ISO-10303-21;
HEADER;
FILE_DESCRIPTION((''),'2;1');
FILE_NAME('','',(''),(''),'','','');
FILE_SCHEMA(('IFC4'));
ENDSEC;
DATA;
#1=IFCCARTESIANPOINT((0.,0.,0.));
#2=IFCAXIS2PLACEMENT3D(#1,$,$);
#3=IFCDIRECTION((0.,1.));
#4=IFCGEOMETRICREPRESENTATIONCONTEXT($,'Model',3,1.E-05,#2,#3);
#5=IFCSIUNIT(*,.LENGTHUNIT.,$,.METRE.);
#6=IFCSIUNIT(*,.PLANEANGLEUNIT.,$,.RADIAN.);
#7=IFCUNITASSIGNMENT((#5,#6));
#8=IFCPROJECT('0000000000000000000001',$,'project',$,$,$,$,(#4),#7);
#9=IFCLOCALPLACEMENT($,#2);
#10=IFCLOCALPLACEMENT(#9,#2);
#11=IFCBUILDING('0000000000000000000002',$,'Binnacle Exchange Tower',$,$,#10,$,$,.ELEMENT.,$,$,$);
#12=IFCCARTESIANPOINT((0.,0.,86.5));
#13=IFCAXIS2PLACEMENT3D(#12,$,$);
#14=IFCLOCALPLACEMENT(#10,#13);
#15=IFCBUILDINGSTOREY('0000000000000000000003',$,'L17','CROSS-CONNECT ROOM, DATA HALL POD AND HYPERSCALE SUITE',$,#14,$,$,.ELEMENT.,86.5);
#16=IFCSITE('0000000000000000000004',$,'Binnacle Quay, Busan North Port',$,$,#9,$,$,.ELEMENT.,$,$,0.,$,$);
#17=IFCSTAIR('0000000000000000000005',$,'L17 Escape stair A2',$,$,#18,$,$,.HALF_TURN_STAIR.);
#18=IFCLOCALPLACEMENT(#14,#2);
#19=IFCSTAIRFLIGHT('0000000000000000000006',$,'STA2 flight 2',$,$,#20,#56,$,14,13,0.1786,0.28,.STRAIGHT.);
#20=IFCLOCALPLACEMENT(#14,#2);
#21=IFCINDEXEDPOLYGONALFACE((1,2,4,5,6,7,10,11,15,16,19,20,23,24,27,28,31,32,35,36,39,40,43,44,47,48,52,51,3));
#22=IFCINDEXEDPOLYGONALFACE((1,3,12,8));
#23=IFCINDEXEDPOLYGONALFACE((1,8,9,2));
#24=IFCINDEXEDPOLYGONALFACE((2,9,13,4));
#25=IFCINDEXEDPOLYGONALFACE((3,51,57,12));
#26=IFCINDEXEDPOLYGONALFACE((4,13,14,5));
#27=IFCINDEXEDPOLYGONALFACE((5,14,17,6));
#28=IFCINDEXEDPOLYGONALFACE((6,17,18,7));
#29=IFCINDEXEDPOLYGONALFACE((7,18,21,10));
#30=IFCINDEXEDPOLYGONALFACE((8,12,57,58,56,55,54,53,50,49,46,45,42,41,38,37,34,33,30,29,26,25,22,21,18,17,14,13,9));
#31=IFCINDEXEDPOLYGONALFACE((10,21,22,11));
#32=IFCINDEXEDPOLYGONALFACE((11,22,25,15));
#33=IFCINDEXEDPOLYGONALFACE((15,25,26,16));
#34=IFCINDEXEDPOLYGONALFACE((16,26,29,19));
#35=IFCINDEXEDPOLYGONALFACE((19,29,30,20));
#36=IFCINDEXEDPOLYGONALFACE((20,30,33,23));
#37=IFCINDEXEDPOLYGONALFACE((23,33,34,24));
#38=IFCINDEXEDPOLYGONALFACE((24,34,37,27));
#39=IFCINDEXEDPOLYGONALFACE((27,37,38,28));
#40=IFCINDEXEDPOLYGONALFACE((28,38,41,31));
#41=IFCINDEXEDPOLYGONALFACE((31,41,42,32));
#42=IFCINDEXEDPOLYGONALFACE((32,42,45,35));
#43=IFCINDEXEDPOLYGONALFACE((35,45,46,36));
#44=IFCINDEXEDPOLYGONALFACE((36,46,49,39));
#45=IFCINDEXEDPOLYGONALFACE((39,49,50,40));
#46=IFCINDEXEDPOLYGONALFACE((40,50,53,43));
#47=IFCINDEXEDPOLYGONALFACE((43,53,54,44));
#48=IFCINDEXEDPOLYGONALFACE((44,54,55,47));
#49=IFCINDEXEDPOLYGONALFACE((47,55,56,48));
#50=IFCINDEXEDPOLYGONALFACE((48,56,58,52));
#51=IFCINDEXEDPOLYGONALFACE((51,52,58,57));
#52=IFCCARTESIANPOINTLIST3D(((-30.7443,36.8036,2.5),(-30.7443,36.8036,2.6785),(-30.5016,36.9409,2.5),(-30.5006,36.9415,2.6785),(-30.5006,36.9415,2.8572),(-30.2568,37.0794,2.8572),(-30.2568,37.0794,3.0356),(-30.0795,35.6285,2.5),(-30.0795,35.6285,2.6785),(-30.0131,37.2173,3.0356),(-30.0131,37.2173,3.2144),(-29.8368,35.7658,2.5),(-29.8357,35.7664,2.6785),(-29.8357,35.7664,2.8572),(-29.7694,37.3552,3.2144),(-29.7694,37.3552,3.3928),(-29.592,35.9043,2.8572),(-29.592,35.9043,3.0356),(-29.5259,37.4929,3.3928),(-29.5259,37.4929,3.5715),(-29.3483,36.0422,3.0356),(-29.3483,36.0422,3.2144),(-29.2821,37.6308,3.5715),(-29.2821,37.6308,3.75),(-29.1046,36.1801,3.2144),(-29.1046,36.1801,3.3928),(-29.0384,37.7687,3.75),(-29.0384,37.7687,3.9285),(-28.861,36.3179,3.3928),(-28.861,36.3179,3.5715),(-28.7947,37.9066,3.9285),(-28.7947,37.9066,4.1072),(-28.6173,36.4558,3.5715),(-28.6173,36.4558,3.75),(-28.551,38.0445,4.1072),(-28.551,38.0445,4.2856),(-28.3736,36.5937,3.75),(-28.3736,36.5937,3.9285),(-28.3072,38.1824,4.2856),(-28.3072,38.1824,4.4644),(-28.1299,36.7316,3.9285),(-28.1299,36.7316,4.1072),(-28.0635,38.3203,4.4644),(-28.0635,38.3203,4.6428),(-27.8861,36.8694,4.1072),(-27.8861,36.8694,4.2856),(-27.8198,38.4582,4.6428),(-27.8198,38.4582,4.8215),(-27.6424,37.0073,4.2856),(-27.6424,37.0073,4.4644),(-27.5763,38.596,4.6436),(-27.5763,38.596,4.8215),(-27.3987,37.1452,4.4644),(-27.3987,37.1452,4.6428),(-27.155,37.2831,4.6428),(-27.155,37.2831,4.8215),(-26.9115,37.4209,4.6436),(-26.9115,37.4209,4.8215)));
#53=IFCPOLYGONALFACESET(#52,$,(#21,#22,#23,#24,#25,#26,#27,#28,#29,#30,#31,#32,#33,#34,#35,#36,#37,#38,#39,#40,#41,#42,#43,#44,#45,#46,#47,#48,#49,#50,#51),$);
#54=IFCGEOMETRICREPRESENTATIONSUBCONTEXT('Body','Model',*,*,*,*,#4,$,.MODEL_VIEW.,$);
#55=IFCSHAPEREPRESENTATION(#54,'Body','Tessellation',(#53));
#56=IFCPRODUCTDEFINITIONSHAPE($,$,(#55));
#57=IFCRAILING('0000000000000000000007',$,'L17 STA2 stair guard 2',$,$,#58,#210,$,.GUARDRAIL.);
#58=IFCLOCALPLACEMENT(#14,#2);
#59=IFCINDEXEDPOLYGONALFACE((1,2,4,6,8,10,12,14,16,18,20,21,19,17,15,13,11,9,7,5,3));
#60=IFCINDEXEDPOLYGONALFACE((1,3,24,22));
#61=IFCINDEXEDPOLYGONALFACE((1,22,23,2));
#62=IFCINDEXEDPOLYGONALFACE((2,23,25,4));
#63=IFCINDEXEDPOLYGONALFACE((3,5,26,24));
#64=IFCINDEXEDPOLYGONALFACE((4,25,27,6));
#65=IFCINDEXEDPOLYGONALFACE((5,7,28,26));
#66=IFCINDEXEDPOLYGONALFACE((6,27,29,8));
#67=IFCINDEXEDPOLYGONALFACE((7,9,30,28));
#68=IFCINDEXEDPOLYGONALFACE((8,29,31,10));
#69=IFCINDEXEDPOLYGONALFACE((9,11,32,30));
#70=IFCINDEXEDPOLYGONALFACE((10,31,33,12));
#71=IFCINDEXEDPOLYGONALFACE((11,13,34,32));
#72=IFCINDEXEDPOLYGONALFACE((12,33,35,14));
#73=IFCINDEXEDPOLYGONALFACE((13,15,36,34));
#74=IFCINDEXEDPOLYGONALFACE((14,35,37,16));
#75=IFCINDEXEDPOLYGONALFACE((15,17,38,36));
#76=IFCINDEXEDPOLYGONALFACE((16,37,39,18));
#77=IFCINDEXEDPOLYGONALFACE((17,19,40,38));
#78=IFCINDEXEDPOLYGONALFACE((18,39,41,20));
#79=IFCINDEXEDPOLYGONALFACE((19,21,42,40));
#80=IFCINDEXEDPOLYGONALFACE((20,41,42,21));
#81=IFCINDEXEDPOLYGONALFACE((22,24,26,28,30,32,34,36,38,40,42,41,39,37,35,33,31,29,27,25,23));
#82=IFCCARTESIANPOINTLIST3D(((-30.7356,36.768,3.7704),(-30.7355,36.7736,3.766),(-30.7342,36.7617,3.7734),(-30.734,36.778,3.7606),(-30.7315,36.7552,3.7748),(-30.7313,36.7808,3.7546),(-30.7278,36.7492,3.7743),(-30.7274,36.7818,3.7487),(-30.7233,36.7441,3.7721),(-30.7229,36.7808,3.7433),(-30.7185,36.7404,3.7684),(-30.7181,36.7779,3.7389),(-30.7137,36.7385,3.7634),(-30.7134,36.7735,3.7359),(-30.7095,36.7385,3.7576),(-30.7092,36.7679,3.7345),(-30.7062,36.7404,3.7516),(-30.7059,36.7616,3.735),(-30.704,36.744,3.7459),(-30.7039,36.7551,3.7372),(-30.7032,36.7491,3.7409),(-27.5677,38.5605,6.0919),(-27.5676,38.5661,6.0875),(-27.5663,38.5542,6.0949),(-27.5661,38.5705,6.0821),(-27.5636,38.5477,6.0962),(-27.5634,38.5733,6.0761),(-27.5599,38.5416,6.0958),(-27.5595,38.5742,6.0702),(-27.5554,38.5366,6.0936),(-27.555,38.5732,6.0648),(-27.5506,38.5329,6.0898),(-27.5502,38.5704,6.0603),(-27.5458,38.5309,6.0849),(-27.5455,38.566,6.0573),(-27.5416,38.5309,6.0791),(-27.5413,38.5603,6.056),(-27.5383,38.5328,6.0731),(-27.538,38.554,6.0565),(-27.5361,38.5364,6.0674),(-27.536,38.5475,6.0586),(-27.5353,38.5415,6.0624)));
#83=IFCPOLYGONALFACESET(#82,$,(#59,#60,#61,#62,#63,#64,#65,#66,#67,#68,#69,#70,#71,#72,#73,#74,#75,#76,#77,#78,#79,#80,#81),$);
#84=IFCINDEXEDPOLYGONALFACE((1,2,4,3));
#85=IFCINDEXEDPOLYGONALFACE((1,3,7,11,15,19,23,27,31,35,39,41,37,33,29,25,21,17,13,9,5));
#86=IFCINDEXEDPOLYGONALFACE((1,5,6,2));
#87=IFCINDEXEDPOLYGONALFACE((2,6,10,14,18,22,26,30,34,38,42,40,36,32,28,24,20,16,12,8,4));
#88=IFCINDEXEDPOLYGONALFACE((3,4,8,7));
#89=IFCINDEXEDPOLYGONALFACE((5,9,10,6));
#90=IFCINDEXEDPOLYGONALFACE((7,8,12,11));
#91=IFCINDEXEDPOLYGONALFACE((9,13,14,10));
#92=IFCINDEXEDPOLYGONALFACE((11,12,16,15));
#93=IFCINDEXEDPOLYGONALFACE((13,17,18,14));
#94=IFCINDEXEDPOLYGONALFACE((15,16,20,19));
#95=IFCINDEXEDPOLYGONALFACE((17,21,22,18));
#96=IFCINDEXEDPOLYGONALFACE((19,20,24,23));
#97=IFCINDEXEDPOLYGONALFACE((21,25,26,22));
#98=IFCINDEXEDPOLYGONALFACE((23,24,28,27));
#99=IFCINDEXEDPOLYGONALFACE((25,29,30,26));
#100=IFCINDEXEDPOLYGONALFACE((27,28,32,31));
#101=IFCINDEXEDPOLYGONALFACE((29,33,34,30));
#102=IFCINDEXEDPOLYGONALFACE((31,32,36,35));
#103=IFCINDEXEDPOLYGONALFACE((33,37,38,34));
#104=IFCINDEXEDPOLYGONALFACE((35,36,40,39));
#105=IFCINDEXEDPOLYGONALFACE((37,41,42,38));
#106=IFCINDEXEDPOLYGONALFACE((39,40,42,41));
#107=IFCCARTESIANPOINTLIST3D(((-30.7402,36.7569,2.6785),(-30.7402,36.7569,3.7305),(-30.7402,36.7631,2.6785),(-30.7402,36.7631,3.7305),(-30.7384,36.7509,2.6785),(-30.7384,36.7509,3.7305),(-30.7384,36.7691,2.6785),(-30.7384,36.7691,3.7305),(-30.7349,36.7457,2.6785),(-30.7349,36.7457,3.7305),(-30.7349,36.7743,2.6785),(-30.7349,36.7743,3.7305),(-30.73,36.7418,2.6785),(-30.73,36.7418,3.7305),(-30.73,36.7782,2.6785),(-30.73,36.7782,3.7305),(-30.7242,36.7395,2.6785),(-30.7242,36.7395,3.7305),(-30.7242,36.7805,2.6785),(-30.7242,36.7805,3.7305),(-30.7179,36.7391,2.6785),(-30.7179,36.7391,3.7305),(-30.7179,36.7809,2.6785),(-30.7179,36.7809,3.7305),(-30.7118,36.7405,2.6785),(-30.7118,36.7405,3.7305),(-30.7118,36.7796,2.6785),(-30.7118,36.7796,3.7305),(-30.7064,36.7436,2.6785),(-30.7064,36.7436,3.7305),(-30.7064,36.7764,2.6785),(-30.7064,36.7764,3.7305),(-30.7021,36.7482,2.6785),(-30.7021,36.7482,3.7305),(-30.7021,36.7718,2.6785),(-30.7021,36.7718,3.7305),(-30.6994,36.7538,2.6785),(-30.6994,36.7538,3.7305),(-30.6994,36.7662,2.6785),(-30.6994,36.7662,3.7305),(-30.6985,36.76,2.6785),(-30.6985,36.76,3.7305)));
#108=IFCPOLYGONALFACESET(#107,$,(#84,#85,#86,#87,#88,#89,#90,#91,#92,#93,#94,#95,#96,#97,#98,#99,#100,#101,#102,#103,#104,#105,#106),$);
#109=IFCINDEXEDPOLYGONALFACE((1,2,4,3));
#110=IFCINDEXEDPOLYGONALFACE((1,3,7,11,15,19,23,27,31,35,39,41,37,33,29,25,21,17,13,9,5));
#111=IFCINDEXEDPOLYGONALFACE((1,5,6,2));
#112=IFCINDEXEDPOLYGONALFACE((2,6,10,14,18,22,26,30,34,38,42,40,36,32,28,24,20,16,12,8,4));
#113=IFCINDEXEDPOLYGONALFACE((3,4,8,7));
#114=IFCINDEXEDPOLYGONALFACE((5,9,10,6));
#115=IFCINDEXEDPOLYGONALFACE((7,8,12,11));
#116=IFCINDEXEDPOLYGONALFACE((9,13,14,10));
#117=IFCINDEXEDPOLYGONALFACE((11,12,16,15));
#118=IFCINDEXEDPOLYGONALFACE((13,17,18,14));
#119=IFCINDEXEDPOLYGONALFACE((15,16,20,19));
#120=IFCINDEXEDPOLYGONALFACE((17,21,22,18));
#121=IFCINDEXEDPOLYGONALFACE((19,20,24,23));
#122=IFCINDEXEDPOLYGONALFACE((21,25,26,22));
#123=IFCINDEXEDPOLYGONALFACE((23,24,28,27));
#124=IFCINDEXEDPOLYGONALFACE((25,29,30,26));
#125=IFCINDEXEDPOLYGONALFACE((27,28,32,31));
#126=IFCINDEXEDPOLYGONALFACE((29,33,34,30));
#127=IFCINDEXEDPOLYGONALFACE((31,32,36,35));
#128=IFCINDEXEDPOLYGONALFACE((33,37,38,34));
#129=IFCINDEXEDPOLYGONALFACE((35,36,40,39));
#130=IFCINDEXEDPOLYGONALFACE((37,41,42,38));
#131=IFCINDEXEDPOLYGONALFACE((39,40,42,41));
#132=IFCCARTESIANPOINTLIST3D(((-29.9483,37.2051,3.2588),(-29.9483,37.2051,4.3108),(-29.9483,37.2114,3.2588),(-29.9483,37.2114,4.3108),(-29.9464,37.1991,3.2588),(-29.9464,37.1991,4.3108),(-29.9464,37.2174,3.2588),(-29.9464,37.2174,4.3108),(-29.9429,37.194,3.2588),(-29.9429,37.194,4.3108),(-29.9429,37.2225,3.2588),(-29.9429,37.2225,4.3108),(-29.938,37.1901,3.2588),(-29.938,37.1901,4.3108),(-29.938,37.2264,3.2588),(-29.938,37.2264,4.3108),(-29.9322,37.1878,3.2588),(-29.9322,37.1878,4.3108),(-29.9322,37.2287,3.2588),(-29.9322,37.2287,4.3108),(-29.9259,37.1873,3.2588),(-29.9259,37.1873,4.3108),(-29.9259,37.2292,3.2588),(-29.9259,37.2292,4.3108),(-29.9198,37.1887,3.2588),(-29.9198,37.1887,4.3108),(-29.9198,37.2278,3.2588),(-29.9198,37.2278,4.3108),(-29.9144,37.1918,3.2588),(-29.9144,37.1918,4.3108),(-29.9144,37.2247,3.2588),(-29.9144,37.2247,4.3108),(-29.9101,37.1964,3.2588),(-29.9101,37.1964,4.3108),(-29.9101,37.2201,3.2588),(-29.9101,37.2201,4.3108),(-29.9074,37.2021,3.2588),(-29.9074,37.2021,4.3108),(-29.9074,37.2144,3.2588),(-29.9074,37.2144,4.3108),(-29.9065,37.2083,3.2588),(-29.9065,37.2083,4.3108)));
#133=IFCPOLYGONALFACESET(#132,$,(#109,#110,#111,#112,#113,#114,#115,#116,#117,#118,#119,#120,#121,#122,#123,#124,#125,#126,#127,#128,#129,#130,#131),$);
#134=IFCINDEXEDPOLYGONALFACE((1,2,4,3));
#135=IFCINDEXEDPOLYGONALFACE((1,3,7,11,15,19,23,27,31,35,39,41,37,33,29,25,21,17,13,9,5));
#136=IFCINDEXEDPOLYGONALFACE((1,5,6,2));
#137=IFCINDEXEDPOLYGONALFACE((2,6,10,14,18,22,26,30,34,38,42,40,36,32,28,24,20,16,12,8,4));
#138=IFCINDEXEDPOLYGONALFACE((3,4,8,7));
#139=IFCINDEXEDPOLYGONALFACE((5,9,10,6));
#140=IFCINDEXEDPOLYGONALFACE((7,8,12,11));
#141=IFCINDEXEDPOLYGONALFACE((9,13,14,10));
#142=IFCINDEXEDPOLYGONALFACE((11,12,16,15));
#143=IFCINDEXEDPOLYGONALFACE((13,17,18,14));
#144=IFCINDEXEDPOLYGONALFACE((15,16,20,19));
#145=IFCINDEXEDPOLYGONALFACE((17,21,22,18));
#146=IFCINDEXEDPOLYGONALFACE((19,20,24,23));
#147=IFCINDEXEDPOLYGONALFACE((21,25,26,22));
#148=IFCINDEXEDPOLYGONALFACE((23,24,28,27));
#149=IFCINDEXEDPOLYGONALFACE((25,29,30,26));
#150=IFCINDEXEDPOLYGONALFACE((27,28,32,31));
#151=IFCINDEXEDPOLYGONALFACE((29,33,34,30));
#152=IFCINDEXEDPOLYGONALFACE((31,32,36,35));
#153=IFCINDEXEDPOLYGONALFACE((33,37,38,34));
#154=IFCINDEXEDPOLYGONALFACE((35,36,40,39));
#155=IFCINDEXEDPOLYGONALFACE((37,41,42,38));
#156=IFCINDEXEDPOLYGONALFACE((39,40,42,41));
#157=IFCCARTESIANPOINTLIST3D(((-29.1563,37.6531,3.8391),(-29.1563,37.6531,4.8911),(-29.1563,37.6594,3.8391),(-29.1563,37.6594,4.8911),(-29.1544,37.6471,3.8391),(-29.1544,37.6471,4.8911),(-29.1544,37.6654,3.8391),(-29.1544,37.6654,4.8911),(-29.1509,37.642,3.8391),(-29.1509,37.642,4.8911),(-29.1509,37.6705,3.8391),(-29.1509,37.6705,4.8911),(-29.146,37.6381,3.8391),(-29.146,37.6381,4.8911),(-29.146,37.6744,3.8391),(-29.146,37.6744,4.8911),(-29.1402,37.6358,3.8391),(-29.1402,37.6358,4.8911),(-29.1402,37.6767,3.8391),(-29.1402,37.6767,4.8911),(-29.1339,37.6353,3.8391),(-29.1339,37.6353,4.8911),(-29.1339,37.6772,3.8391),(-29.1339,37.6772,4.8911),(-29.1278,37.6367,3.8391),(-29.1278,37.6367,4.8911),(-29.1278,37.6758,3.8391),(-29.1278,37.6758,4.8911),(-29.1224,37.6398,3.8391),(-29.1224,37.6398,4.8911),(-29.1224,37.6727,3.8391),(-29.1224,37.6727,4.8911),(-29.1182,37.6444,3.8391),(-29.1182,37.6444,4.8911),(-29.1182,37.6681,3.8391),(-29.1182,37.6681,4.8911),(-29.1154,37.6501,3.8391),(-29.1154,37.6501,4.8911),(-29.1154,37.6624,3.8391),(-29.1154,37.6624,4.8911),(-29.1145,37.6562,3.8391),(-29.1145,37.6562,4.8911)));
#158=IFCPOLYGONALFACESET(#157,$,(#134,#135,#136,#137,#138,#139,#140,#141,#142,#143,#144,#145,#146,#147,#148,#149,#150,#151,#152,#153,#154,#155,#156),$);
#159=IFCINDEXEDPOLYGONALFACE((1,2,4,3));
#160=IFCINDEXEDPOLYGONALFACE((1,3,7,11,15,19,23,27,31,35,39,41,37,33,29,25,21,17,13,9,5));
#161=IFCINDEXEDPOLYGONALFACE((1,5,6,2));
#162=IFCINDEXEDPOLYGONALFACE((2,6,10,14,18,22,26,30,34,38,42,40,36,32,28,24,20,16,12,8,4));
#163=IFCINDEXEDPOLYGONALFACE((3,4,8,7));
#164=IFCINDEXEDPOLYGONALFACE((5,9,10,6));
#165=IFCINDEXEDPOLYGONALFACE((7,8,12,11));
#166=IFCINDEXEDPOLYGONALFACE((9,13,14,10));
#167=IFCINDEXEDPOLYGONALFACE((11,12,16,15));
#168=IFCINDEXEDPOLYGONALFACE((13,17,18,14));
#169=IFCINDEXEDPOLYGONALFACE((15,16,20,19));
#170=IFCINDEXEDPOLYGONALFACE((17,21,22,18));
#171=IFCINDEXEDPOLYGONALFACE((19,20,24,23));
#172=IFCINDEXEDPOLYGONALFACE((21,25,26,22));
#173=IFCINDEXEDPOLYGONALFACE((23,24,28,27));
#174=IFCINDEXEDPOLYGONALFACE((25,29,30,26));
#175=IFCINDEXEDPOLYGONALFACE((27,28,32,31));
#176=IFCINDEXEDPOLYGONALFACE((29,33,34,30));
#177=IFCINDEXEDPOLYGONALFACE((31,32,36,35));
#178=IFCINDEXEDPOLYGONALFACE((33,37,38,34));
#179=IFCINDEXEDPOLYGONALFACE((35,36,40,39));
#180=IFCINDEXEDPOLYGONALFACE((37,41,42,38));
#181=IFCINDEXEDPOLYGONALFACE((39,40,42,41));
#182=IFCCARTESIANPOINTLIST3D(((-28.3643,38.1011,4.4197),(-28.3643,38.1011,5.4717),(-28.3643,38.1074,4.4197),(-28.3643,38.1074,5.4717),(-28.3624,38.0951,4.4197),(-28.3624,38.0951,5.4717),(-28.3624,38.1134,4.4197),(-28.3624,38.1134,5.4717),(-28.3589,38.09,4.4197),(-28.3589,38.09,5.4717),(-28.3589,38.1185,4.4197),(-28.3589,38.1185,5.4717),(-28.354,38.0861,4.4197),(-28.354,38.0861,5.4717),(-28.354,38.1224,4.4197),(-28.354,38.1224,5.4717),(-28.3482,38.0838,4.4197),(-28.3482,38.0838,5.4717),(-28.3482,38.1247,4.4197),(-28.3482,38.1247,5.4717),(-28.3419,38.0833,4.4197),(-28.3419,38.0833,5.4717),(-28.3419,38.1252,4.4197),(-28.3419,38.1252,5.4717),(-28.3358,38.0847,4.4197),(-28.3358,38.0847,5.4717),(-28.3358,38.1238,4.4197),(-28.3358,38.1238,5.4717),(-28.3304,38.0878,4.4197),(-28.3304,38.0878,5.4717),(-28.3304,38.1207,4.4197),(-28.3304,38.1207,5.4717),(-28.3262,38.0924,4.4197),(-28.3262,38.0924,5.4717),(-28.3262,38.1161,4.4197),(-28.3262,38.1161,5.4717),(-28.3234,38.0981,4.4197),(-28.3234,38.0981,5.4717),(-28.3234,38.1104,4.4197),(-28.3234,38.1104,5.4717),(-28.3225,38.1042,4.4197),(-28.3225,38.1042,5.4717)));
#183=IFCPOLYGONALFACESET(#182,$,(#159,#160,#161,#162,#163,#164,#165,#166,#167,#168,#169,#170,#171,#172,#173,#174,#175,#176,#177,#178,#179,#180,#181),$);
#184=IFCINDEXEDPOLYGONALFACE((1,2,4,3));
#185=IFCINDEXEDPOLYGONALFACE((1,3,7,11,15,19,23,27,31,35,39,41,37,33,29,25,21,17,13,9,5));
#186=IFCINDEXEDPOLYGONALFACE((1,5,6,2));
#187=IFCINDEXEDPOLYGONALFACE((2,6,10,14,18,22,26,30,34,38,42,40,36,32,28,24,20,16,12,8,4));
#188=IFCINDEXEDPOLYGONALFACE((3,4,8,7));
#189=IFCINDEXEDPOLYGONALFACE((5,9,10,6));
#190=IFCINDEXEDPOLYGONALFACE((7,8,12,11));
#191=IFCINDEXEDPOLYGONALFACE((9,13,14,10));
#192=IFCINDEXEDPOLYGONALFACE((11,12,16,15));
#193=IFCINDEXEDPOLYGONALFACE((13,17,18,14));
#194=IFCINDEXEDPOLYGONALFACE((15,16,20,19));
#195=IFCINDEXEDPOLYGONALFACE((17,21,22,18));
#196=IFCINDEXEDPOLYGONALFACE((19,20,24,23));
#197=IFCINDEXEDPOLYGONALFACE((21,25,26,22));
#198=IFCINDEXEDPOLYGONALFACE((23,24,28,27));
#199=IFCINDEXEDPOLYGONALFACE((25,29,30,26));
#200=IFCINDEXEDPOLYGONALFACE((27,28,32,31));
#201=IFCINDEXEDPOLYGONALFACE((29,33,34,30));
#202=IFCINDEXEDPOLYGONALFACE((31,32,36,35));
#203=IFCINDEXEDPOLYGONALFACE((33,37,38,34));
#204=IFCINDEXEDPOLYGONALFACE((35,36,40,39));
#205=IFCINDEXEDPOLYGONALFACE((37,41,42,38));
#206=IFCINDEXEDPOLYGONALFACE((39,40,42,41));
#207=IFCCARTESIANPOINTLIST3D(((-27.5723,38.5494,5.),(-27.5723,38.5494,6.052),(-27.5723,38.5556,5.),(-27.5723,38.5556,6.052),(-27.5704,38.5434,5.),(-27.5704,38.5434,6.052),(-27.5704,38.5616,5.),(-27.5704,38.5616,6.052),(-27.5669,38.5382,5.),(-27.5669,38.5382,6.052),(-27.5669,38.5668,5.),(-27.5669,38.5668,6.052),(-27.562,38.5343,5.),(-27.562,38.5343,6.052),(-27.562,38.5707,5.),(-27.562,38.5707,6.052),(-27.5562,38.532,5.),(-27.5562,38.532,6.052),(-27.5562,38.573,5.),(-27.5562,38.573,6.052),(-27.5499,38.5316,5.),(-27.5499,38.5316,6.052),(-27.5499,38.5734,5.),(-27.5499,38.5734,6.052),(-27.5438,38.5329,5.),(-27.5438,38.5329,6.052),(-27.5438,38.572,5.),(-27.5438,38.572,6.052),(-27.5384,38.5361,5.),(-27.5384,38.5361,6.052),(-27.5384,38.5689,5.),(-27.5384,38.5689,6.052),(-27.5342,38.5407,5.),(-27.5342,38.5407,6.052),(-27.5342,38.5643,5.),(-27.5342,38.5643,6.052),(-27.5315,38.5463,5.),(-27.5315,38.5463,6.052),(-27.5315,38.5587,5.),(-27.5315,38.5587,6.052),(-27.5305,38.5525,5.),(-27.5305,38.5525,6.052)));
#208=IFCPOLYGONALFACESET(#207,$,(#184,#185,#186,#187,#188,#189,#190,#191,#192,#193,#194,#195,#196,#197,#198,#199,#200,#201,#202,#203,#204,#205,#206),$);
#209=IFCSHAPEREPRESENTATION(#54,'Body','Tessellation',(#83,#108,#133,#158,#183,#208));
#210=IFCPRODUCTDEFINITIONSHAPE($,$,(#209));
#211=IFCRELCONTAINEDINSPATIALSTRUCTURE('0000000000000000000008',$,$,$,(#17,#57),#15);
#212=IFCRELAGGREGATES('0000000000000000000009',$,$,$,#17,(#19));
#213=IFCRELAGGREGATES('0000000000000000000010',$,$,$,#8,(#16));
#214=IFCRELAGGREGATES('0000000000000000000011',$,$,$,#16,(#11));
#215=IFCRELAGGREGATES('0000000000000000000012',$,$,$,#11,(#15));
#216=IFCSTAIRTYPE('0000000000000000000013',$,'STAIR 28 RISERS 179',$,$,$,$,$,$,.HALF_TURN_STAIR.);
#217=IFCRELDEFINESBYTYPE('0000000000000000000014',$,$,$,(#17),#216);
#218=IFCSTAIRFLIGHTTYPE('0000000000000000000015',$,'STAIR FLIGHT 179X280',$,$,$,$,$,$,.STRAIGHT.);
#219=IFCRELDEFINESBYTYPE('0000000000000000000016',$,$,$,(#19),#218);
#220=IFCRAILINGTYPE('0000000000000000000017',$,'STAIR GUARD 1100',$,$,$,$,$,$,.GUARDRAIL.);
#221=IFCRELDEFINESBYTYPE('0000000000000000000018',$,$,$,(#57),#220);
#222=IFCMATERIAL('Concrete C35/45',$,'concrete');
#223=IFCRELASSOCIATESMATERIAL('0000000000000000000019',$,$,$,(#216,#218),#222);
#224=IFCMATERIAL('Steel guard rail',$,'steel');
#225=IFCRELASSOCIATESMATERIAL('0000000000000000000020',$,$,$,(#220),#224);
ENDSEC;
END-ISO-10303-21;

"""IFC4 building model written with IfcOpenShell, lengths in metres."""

from ifc_helpers import new_model, si_unit, direction, frame, origin, origin_2d, place, context, subcontext, project, spatial, polyline, circle, outline, extrude, material, type_object, element, aggregate, save


model = new_model("IFC4")

# Units and contexts
model_context = context("Model", 3, precision=1e-05, world=origin(), true_north=direction((0.0, 1.0)))
body_context = subcontext(model_context, "Body", "Model", "MODEL_VIEW")
ifc_project = project(units=[si_unit("LENGTHUNIT", "METRE"), si_unit("PLANEANGLEUNIT", "RADIAN")], contexts=[model_context])

# Site, building, storey
site_placement = place(None, origin())
site = spatial("IfcSite", under=ifc_project, at=site_placement, Name="Binnacle Quay, Busan North Port", CompositionType="ELEMENT", RefElevation=0.0)
building_placement = place(site_placement, origin())
building = spatial("IfcBuilding", under=site, at=building_placement, Name="Binnacle Exchange Tower", CompositionType="ELEMENT")
storey_placement = place(building_placement, frame((0.0, 0.0, 86.5)))
storey = spatial("IfcBuildingStorey", under=building, at=storey_placement, Name="L17", Description="CROSS-CONNECT ROOM, DATA HALL POD AND HYPERSCALE SUITE", CompositionType="ELEMENT", Elevation=86.5)

# Stair, stair flight
ifc_material_1 = material(Name="Concrete C35/45", Category="concrete")
stair_type = type_object("IfcStairType", Name="STAIR 28 RISERS 179", PredefinedType="HALF_TURN_STAIR", material=ifc_material_1)
stair_placement = place(storey_placement, origin())
stair = element("IfcStair", 1, at=stair_placement, inside=storey, type_object=stair_type, Name="L17 Escape stair A2", PredefinedType="HALF_TURN_STAIR")
stair_flight_type = type_object("IfcStairFlightType", Name="STAIR FLIGHT 179X280", PredefinedType="STRAIGHT", material=ifc_material_1)
stair_flight_placement = place(storey_placement, frame((-30.4119, 36.2161, 2.5), z_axis=(0.0, 0.0, 1.0), x_axis=(0.870356, 0.492424, 0.0)))
stair_flight = element("IfcStairFlight", 2, at=stair_flight_placement, type_object=stair_flight_type, Name="STA2 flight 2", NumberOfRisers=14, NumberOfTreads=13, PredefinedType="STRAIGHT", RiserHeight=0.1786, TreadLength=0.28, context=body_context, shape_type="SweptSolid", body=[
    extrude(outline(polyline([(0.0, 0.0), (0.0, 0.1785), (0.28, 0.1785), (0.28, 0.3572), (0.5601, 0.3572), (0.5601, 0.5356), (0.8401, 0.5356), (0.8401, 0.7144), (1.1201, 0.7144), (1.1201, 0.8928), (1.3999, 0.8928), (1.3999, 1.0715), (1.6799, 1.0715), (1.6799, 1.25), (1.96, 1.25), (1.96, 1.4285), (2.24, 1.4285), (2.24, 1.6072), (2.52, 1.6072), (2.52, 1.7856), (2.8, 1.7856), (2.8, 1.9644), (3.0801, 1.9644), (3.0801, 2.1428), (3.3601, 2.1428), (3.3601, 2.3215), (3.6399, 2.3215), (3.6399, 2.5), (3.6399, 2.1436), (0.2788, 0.0), (0.0, 0.0)])), frame((0.0, 0.675, 0.0), z_axis=(0.0, -1.0, 0.0), x_axis=(1.0, 0.0, 0.0)), (0.0, 0.0, 1.0), 1.3501),
])
aggregate(stair, [stair_flight])

# Railing
ifc_material_2 = material(Name="Steel guard rail", Category="steel")
railing_type = type_object("IfcRailingType", Name="STAIR GUARD 1100", PredefinedType="GUARDRAIL", material=ifc_material_2)
railing_placement = place(storey_placement, frame((-30.7195, 36.76, 2.6785)))
element("IfcRailing", 3, at=railing_placement, inside=storey, type_object=railing_type, Name="L17 STA2 stair guard 2", PredefinedType="GUARDRAIL", context=body_context, shape_type="SweptSolid", body=[
    extrude(circle(Radius=0.0239, at=origin_2d()), frame((0.0, 0.0, 1.0762), z_axis=(0.733796, 0.415192, 0.537736), x_axis=(-0.492451, 0.87034, 0.0)), (0.0, 0.0, 1.0), 4.3171),
    extrude(circle(Radius=0.021, at=origin_2d()), origin(), (0.0, 0.0, 1.0), 1.052),
    extrude(circle(Radius=0.021, at=origin_2d()), frame((0.792, 0.4482, 0.5803)), (0.0, 0.0, 1.0), 1.052),
    extrude(circle(Radius=0.021, at=origin_2d()), frame((1.584, 0.8962, 1.1606)), (0.0, 0.0, 1.0), 1.052),
    extrude(circle(Radius=0.021, at=origin_2d()), frame((2.376, 1.3442, 1.7412)), (0.0, 0.0, 1.0), 1.052),
    extrude(circle(Radius=0.021, at=origin_2d()), frame((3.168, 1.7925, 2.3215)), (0.0, 0.0, 1.0), 1.052),
])

save(model, "model.ifc")
